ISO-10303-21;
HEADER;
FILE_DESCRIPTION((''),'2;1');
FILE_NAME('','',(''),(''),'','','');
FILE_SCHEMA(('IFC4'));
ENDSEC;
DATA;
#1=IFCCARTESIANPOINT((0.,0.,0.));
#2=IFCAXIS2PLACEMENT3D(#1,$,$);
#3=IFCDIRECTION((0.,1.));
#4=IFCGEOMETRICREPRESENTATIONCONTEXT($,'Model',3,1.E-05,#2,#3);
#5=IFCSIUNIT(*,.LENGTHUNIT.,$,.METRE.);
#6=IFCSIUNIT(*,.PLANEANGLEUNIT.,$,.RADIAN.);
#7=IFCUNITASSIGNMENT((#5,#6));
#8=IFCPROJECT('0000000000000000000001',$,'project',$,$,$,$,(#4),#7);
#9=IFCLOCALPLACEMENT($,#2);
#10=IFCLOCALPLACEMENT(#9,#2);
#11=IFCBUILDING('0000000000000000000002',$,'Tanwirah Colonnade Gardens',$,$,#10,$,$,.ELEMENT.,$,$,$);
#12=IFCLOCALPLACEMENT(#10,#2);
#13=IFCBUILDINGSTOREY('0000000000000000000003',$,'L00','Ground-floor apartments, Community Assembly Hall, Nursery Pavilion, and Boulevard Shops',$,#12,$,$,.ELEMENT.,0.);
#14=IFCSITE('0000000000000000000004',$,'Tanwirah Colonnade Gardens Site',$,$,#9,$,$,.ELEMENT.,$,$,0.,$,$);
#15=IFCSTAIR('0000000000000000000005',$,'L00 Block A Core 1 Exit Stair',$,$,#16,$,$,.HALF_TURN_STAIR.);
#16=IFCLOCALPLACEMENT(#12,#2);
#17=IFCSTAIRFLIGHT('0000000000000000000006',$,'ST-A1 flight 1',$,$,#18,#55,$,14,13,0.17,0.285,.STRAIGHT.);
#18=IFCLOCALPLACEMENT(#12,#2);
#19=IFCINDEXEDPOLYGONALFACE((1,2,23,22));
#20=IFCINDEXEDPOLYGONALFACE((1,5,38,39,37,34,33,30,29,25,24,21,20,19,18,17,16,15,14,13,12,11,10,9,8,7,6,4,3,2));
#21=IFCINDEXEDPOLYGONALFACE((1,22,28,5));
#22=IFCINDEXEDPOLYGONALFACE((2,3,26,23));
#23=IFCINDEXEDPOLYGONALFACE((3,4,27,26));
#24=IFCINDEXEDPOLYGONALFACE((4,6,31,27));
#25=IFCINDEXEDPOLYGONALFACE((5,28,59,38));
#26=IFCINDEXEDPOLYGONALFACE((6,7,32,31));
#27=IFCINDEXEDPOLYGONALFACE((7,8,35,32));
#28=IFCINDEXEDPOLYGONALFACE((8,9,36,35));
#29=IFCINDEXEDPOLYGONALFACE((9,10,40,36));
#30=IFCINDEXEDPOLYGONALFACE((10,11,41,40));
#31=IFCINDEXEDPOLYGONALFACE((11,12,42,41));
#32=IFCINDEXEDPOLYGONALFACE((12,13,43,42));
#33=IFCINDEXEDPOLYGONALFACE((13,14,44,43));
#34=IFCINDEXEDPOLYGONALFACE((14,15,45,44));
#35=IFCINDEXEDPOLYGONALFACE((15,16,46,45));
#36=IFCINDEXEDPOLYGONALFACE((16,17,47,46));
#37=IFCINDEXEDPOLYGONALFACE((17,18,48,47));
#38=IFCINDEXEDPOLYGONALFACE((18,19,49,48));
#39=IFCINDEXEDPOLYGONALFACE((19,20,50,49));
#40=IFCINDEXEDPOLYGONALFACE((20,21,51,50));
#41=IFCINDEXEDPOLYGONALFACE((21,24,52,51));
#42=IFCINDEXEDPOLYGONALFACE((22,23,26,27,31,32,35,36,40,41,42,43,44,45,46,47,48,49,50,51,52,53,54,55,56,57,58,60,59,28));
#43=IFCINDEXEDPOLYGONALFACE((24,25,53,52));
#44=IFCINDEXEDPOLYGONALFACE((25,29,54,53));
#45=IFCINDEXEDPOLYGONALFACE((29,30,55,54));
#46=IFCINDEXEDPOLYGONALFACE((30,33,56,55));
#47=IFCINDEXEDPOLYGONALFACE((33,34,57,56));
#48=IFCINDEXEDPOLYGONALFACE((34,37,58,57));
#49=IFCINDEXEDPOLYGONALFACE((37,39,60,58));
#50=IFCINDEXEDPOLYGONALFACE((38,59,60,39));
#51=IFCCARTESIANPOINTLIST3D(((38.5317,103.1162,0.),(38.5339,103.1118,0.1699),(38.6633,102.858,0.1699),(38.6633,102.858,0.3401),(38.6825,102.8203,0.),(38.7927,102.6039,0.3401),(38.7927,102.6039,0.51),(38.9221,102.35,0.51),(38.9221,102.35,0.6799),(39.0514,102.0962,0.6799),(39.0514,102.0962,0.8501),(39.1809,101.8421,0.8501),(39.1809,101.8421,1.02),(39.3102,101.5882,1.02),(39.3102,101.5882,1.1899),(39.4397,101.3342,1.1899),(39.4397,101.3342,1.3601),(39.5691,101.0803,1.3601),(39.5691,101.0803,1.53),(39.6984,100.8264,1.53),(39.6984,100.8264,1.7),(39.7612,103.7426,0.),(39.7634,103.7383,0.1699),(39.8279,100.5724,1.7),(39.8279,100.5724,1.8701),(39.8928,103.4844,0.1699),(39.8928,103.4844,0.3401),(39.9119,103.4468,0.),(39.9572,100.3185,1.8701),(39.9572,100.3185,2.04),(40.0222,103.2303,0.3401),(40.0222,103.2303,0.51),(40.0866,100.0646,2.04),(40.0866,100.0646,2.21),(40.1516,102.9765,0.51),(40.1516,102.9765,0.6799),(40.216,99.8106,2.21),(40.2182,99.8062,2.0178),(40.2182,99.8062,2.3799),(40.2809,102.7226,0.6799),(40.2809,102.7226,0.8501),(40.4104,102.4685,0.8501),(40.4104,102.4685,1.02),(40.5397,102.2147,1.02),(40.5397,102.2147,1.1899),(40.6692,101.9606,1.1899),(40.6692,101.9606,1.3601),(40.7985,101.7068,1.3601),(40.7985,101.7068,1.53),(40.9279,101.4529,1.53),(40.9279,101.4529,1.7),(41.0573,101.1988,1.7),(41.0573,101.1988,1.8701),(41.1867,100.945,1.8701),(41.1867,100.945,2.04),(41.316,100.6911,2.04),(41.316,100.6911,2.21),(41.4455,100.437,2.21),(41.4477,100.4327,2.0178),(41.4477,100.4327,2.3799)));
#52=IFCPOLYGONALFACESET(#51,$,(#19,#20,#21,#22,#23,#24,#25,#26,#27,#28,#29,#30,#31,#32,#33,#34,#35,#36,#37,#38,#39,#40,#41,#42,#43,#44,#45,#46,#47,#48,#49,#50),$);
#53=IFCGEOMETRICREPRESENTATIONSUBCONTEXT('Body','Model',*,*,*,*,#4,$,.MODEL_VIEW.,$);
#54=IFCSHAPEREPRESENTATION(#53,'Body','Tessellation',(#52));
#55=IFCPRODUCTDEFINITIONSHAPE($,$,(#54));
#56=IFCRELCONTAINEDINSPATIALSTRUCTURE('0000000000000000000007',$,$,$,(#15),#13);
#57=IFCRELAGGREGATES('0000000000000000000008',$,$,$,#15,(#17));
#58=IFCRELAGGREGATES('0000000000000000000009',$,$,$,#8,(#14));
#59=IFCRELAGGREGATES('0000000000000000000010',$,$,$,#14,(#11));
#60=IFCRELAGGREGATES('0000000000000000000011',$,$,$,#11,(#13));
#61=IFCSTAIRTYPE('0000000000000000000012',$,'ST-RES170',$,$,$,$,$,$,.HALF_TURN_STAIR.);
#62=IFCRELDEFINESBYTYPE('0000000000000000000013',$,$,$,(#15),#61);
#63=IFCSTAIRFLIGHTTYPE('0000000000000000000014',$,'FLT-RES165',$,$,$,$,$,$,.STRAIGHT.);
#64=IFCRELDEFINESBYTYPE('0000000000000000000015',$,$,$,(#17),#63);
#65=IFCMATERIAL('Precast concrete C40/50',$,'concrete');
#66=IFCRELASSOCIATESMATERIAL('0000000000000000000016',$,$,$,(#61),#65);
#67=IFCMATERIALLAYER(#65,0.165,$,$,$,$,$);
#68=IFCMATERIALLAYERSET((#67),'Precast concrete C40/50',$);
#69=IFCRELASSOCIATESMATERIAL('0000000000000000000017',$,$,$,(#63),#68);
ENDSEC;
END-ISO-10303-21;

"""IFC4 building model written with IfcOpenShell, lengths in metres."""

from ifc_helpers import new_model, si_unit, direction, frame, origin, place, context, subcontext, project, spatial, polyline, outline, extrude, material, layer, layer_set, type_object, element, aggregate, save


model = new_model("IFC4")

# Units and contexts
model_context = context("Model", 3, precision=1e-05, world=origin(), true_north=direction((0.0, 1.0)))
body_context = subcontext(model_context, "Body", "Model", "MODEL_VIEW")
ifc_project = project(units=[si_unit("LENGTHUNIT", "METRE"), si_unit("PLANEANGLEUNIT", "RADIAN")], contexts=[model_context])

# Site, building, storey
site_placement = place(None, origin())
site = spatial("IfcSite", under=ifc_project, at=site_placement, Name="Tanwirah Colonnade Gardens Site", CompositionType="ELEMENT", RefElevation=0.0)
building_placement = place(site_placement, origin())
building = spatial("IfcBuilding", under=site, at=building_placement, Name="Tanwirah Colonnade Gardens", CompositionType="ELEMENT")
storey_placement = place(building_placement, origin())
storey = spatial("IfcBuildingStorey", under=building, at=storey_placement, Name="L00", Description="Ground-floor apartments, Community Assembly Hall, Nursery Pavilion, and Boulevard Shops", CompositionType="ELEMENT", Elevation=0.0)

# Shared definitions
ifc_material_1 = material(Name="Precast concrete C40/50", Category="concrete")

# Stair, stair flight
stair_type = type_object("IfcStairType", Name="ST-RES170", PredefinedType="HALF_TURN_STAIR", material=ifc_material_1)
stair_placement = place(storey_placement, origin())
stair = element("IfcStair", 1, at=stair_placement, inside=storey, type_object=stair_type, Name="L00 Block A Core 1 Exit Stair", PredefinedType="HALF_TURN_STAIR")
ifc_layer_1 = layer(ifc_material_1, 0.165)
ifc_layer_set_1 = layer_set([ifc_layer_1], Name="Precast concrete C40/50")
stair_flight_type = type_object("IfcStairFlightType", Name="FLT-RES165", PredefinedType="STRAIGHT", material=ifc_layer_set_1)
stair_flight_placement = place(storey_placement, frame((39.1487, 103.425, 0.0), z_axis=(0.0, 0.0, 1.0), x_axis=(0.45399, -0.891007, 0.0)))
stair_flight = element("IfcStairFlight", 2, at=stair_flight_placement, type_object=stair_flight_type, Name="ST-A1 flight 1", NumberOfRisers=14, NumberOfTreads=13, PredefinedType="STRAIGHT", RiserHeight=0.17, TreadLength=0.285, context=body_context, shape_type="SweptSolid", body=[
    extrude(outline(polyline([(-0.0049, 0.0), (0.0, 0.1699), (0.2849, 0.1699), (0.2849, 0.3401), (0.5701, 0.3401), (0.5701, 0.51), (0.855, 0.51), (0.855, 0.6799), (1.1399, 0.6799), (1.1399, 0.8501), (1.425, 0.8501), (1.425, 1.02), (1.71, 1.02), (1.71, 1.1899), (1.9951, 1.1899), (1.9951, 1.3601), (2.28, 1.3601), (2.28, 1.53), (2.5649, 1.53), (2.5649, 1.7), (2.8501, 1.7), (2.8501, 1.8701), (3.135, 1.8701), (3.135, 2.04), (3.4199, 2.04), (3.4199, 2.21), (3.7051, 2.21), (3.71, 2.3799), (3.71, 2.0178), (0.3271, 0.0), (-0.0049, 0.0)])), frame((0.0, 0.6899, 0.0), z_axis=(0.0, -1.0, 0.0), x_axis=(1.0, 0.0, 0.0)), (0.0, 0.0, 1.0), 1.3799),
])
aggregate(stair, [stair_flight])

save(model, "model.ifc")
